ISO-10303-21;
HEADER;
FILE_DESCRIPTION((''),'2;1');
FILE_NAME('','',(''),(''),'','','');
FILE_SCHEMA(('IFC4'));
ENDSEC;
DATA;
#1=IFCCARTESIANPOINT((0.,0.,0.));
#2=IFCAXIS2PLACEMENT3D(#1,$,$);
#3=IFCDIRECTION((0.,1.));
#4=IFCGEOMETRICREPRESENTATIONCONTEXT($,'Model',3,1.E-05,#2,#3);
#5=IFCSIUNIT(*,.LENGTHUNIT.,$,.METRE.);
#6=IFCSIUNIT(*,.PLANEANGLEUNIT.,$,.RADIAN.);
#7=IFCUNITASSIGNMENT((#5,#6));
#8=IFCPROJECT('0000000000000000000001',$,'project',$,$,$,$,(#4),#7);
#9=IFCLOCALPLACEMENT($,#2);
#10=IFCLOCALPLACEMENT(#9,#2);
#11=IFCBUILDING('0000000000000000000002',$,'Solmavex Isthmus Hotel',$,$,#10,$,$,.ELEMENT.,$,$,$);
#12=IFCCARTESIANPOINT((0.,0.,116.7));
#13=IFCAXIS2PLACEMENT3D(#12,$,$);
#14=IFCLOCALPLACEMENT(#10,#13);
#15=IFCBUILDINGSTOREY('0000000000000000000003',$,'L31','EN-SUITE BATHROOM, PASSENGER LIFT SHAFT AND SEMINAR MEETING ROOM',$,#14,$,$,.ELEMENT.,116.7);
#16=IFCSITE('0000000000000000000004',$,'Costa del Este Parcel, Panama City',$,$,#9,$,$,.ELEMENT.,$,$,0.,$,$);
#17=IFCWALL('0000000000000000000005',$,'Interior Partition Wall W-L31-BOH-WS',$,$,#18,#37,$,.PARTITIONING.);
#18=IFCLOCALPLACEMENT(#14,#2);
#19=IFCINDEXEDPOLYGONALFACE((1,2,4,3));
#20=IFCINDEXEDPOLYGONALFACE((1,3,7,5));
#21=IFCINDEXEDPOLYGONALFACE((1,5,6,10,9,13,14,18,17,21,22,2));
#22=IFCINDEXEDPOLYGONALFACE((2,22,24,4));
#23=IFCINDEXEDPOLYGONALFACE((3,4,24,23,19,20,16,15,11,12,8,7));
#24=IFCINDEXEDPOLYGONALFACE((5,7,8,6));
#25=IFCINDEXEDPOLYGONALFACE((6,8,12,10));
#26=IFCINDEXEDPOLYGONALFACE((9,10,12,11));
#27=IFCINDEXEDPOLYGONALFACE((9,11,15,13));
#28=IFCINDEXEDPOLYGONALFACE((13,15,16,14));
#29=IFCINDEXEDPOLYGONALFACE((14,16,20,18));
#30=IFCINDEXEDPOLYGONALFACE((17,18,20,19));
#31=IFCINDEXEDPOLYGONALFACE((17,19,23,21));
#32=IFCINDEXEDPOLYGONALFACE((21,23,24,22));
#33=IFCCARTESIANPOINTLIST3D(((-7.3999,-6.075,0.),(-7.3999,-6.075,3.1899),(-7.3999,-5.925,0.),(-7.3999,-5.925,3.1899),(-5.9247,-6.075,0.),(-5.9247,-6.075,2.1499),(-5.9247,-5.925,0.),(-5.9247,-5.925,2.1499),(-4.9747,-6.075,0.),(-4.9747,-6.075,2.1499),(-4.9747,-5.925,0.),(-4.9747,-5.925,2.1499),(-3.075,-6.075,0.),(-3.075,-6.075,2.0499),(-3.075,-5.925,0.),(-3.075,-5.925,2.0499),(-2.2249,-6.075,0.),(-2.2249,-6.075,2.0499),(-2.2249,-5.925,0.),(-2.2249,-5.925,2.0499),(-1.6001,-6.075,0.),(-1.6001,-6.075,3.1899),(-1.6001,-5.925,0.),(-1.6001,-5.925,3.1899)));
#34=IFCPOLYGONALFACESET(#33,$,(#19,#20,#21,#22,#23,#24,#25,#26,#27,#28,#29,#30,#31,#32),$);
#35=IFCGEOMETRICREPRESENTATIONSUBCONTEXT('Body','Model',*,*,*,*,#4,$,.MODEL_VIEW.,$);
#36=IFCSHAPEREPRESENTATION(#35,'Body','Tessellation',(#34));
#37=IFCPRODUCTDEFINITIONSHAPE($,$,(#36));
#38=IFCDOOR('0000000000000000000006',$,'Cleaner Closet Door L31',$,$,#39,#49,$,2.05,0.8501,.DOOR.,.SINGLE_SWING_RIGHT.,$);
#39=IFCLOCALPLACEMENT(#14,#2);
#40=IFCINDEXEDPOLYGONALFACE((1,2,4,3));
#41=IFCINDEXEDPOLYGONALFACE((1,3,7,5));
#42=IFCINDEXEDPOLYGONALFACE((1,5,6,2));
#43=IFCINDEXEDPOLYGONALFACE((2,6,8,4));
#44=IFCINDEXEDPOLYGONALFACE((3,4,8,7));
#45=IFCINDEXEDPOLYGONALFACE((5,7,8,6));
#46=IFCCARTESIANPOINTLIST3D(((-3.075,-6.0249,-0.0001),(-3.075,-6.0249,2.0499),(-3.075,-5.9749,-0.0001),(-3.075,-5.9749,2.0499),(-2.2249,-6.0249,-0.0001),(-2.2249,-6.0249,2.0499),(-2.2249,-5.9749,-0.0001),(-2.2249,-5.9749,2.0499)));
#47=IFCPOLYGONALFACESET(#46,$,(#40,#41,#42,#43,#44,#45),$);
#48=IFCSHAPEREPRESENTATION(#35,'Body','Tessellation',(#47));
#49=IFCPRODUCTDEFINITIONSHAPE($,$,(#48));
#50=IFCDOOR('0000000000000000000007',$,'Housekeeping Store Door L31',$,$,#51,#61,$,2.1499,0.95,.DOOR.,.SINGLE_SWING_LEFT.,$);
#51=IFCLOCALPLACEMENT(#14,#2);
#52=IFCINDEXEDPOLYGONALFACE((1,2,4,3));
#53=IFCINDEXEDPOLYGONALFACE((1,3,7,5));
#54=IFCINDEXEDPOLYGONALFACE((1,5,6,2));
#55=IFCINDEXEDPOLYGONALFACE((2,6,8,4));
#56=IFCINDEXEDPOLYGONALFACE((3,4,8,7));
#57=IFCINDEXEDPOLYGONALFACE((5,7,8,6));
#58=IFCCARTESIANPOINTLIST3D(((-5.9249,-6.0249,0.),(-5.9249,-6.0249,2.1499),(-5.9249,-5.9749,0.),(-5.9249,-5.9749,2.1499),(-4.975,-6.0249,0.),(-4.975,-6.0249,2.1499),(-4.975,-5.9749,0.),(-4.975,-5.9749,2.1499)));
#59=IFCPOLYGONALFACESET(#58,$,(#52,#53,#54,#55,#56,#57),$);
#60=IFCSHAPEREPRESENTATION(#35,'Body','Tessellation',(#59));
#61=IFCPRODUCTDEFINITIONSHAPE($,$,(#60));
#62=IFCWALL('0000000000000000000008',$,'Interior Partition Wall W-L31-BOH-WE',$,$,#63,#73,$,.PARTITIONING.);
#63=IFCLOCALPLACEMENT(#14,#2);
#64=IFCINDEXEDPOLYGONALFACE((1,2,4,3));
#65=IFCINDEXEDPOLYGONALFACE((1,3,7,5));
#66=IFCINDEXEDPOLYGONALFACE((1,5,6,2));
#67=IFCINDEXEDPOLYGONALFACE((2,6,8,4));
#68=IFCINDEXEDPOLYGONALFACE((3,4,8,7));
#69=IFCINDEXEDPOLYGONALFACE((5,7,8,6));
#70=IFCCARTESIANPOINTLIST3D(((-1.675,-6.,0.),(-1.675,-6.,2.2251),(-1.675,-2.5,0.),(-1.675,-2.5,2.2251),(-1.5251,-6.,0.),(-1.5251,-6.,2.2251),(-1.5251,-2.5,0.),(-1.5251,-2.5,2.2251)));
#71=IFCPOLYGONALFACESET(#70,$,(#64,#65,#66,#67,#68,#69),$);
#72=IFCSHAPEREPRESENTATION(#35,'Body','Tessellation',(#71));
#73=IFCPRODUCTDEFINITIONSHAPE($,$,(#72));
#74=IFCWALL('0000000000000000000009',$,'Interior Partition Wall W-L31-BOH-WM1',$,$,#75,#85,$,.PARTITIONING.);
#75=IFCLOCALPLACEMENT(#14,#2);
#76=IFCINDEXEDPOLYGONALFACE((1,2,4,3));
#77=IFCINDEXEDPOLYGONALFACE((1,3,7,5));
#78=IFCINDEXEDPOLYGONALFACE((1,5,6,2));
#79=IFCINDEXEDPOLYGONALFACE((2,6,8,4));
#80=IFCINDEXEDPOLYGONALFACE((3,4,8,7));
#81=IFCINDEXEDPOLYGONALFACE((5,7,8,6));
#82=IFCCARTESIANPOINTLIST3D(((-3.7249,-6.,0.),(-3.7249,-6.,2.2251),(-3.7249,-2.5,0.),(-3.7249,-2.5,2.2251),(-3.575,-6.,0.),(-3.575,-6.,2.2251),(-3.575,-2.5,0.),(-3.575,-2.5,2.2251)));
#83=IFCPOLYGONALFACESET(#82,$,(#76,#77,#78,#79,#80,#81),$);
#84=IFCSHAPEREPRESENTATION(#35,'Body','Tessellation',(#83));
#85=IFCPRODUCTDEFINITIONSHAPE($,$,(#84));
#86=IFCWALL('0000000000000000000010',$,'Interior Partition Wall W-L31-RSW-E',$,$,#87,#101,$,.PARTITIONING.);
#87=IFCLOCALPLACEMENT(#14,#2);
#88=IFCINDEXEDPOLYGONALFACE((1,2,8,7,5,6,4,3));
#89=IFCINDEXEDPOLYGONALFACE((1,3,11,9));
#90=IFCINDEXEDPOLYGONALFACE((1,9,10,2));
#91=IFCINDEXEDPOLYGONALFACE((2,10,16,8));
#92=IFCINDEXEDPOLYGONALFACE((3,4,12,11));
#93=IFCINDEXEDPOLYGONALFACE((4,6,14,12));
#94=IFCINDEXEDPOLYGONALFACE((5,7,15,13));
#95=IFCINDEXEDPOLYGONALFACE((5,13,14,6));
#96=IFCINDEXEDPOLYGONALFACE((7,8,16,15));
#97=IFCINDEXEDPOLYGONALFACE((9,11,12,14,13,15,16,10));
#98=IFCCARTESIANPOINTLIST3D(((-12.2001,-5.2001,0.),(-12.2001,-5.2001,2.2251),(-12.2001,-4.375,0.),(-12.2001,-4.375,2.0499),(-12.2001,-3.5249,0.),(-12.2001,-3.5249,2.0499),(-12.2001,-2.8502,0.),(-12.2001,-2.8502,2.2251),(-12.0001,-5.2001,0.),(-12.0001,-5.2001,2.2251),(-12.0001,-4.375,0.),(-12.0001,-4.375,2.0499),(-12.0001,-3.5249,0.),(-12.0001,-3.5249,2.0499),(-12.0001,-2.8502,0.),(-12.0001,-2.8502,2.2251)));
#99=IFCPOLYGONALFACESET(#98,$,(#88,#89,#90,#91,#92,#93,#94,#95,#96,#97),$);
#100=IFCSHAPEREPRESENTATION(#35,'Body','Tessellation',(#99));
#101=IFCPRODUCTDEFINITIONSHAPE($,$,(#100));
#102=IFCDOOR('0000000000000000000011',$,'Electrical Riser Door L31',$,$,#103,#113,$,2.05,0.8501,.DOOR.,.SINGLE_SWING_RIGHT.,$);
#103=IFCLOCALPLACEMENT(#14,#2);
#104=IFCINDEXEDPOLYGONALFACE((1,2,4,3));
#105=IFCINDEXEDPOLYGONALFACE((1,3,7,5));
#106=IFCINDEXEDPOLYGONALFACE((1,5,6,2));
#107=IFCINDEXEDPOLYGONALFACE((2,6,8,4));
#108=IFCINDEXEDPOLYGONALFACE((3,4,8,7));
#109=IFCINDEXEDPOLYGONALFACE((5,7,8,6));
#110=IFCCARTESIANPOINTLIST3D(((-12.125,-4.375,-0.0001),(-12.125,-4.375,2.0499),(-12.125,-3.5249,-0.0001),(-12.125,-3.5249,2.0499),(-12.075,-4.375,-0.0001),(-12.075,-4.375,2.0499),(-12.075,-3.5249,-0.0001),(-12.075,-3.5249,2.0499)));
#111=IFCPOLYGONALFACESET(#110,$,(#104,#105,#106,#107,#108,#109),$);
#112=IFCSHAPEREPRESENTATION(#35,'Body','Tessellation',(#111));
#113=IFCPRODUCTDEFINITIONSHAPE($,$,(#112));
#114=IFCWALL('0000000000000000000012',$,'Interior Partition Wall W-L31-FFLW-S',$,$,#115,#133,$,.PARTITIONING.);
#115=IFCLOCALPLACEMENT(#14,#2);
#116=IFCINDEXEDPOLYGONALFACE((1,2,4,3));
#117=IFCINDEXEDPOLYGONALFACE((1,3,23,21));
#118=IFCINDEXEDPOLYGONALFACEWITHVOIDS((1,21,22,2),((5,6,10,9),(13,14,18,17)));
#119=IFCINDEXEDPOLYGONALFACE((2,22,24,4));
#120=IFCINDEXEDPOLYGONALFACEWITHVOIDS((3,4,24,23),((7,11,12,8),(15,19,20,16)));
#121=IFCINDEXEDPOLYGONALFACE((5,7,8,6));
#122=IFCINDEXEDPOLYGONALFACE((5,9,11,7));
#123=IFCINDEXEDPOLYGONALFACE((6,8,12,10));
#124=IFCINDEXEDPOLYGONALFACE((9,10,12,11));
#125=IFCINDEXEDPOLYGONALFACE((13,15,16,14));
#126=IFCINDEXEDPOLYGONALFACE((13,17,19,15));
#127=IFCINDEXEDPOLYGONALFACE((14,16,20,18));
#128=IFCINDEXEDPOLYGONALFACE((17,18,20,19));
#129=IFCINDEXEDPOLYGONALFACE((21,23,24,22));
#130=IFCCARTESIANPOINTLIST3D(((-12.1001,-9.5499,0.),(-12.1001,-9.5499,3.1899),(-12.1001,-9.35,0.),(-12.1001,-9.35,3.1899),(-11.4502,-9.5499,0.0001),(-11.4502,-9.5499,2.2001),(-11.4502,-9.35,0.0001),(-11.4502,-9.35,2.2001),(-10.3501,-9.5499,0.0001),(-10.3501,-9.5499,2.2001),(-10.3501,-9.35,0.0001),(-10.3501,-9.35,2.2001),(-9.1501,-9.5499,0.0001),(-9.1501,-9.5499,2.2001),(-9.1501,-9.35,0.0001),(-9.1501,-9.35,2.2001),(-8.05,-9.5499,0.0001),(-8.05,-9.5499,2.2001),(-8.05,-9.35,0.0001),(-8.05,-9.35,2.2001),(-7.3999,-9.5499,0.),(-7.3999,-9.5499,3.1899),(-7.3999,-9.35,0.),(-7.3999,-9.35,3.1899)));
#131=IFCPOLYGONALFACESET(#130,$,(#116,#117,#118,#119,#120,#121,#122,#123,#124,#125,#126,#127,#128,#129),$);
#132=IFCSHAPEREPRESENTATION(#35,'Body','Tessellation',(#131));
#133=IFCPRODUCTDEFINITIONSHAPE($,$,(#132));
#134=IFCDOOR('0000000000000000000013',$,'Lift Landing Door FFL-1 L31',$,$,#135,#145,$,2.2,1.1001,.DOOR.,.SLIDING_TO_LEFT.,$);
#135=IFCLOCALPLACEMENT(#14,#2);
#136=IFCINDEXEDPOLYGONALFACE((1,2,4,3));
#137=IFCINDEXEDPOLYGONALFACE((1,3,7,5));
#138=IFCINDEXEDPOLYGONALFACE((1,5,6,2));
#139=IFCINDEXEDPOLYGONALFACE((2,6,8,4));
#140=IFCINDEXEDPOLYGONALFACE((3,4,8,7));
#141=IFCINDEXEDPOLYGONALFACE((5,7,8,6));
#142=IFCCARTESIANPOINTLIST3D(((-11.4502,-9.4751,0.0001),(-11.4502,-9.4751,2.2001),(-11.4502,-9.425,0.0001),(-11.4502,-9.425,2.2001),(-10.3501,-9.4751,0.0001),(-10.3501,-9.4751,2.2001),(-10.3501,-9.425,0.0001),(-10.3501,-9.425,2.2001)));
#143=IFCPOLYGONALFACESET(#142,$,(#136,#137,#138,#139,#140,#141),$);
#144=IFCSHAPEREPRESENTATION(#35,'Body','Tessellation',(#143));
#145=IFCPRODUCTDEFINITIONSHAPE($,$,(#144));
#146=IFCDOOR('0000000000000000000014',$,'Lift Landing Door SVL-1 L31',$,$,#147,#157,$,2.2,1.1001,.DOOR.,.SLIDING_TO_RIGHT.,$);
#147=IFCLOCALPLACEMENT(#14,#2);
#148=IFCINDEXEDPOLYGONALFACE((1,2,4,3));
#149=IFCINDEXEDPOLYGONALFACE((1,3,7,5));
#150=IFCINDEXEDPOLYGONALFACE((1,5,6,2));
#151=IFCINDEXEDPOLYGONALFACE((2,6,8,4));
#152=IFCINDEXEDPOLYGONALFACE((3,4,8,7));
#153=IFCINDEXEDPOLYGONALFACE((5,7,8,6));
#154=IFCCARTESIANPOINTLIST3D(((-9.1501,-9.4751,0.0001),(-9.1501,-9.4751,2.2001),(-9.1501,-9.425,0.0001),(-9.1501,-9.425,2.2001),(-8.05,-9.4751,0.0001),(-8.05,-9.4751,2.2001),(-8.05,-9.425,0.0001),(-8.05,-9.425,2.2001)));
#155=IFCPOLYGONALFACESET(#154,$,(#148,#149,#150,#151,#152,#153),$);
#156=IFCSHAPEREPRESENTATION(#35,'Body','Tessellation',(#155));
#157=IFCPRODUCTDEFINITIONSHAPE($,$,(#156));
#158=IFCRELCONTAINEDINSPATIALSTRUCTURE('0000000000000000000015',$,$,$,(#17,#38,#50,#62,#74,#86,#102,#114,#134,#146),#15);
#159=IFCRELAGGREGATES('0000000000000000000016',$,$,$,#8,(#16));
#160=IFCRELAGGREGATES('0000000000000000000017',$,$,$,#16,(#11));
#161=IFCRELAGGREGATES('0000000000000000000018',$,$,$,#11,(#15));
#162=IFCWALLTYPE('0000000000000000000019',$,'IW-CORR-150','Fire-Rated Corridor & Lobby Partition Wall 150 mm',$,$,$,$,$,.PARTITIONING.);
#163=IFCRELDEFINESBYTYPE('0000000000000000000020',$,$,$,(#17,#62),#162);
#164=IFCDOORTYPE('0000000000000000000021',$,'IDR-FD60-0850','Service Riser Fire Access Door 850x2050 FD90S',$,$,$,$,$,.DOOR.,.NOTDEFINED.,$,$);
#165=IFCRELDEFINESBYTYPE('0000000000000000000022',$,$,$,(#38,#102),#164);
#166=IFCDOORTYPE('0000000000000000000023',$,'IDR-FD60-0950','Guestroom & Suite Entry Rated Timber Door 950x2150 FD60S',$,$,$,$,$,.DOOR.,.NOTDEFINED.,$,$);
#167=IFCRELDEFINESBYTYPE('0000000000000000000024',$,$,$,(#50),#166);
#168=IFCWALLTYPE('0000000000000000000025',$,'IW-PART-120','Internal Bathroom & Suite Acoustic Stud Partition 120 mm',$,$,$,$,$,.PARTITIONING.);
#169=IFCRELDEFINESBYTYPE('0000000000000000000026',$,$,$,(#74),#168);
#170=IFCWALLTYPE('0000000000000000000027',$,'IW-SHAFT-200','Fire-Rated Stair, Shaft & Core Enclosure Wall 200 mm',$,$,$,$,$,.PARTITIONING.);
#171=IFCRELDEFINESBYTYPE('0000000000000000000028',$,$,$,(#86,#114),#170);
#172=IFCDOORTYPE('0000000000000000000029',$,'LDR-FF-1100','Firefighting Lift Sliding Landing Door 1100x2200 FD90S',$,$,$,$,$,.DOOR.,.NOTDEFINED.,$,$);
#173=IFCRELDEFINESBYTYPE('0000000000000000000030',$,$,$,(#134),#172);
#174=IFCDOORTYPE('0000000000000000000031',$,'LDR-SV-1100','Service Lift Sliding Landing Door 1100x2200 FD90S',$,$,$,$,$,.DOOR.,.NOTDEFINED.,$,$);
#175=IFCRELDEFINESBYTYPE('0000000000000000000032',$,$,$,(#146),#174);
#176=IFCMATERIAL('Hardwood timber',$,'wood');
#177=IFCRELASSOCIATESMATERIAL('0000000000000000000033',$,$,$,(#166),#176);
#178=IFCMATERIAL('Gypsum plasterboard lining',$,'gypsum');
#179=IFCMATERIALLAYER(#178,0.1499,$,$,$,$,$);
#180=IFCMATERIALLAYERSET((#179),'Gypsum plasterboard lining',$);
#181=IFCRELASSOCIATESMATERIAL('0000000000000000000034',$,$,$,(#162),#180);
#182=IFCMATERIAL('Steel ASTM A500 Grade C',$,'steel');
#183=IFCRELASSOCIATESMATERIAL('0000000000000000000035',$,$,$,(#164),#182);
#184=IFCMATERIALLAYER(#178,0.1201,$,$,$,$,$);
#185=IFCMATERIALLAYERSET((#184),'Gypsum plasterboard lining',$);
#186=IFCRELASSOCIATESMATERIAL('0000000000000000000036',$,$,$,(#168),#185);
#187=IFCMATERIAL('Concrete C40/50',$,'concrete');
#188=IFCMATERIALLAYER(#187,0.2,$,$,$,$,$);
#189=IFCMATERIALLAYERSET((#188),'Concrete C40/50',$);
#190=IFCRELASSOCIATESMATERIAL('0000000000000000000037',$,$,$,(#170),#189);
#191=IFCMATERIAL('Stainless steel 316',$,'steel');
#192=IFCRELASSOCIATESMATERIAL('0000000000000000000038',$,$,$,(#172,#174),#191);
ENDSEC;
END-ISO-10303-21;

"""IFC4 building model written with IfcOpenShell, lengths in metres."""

from ifc_helpers import new_model, si_unit, direction, frame, frame_2d, origin, place, context, subcontext, project, spatial, rectangle, extrude, material, layer, layer_set, type_object, element, fill, save


model = new_model("IFC4")

# Units and contexts
model_context = context("Model", 3, precision=1e-05, world=origin(), true_north=direction((0.0, 1.0)))
body_context = subcontext(model_context, "Body", "Model", "MODEL_VIEW")
ifc_project = project(units=[si_unit("LENGTHUNIT", "METRE"), si_unit("PLANEANGLEUNIT", "RADIAN")], contexts=[model_context])

# Site, building, storey
site_placement = place(None, origin())
site = spatial("IfcSite", under=ifc_project, at=site_placement, Name="Costa del Este Parcel, Panama City", CompositionType="ELEMENT", RefElevation=0.0)
building_placement = place(site_placement, origin())
building = spatial("IfcBuilding", under=site, at=building_placement, Name="Solmavex Isthmus Hotel", CompositionType="ELEMENT")
storey_placement = place(building_placement, frame((0.0, 0.0, 116.7)))
storey = spatial("IfcBuildingStorey", under=building, at=storey_placement, Name="L31", Description="EN-SUITE BATHROOM, PASSENGER LIFT SHAFT AND SEMINAR MEETING ROOM", CompositionType="ELEMENT", Elevation=116.7)

# Shared definitions
ifc_material_1 = material(Name="Gypsum plasterboard lining", Category="gypsum")
ifc_material_2 = material(Name="Hardwood timber", Category="wood")
door_type_1 = type_object("IfcDoorType", Name="IDR-FD60-0950", Description="Guestroom & Suite Entry Rated Timber Door 950x2150 FD60S", OperationType="NOTDEFINED", PredefinedType="DOOR", material=ifc_material_2)

# Wall, openings, doors
ifc_layer_1 = layer(ifc_material_1, 0.1499)
ifc_layer_set_1 = layer_set([ifc_layer_1], Name="Gypsum plasterboard lining")
wall_type_1 = type_object("IfcWallType", Name="IW-CORR-150", Description="Fire-Rated Corridor & Lobby Partition Wall 150 mm", PredefinedType="PARTITIONING", material=ifc_layer_set_1)
wall_1_placement = place(storey_placement, frame((-7.3999, -6.0, 0.0), z_axis=(0.0, 0.0, 1.0), x_axis=(1.0, 0.0, 0.0)))
wall_1 = element("IfcWall", 1, at=wall_1_placement, inside=storey, type_object=wall_type_1, Name="Interior Partition Wall W-L31-BOH-WS", PredefinedType="PARTITIONING", context=body_context, shape_type="SweptSolid", body=[
    extrude(rectangle(XDim=5.7998, YDim=0.1499, at=frame_2d((2.8999, 0.0))), origin(), (0.0, 0.0, 1.0), 3.1899),
])
opening_1_placement = place(wall_1_placement, frame((1.4751, 0.0, 0.0)))
opening_1 = element("IfcOpeningElement", 2, at=opening_1_placement, cuts=wall_1, PredefinedType="OPENING", context=body_context, shape_type="SweptSolid", body=[
    extrude(rectangle(XDim=0.95, YDim=2.1499, at=frame_2d((0.4751, 1.075))), frame((0.0, 0.085, 0.0), z_axis=(0.0, -1.0, 0.0), x_axis=(1.0, 0.0, 0.0)), (0.0, 0.0, 1.0), 0.1699),
])
opening_2_placement = place(wall_1_placement, frame((4.325, 0.0, 0.0)))
opening_2 = element("IfcOpeningElement", 3, at=opening_2_placement, cuts=wall_1, PredefinedType="OPENING", context=body_context, shape_type="SweptSolid", body=[
    extrude(rectangle(XDim=0.8501, YDim=2.05, at=frame_2d((0.425, 1.0249))), frame((0.0, 0.085, 0.0), z_axis=(0.0, -1.0, 0.0), x_axis=(1.0, 0.0, 0.0)), (0.0, 0.0, 1.0), 0.1699),
])
ifc_material_3 = material(Name="Steel ASTM A500 Grade C", Category="steel")
door_type_2 = type_object("IfcDoorType", Name="IDR-FD60-0850", Description="Service Riser Fire Access Door 850x2050 FD90S", OperationType="NOTDEFINED", PredefinedType="DOOR", material=ifc_material_3)
door_1_placement = place(opening_2_placement, frame((0.8501, 0.0, 0.0), z_axis=(0.0, 0.0, 1.0), x_axis=(-1.0, 0.0, 0.0)))
door_1 = element("IfcDoor", 4, at=door_1_placement, inside=storey, type_object=door_type_2, Name="Cleaner Closet Door L31", OperationType="SINGLE_SWING_RIGHT", OverallHeight=2.05, OverallWidth=0.8501, PredefinedType="DOOR", context=body_context, shape_type="SweptSolid", body=[
    extrude(rectangle(XDim=0.8501, YDim=2.05, at=frame_2d((0.425, 1.0249))), frame((0.0, 0.0249, 0.0), z_axis=(0.0, -1.0, 0.0), x_axis=(1.0, 0.0, 0.0)), (0.0, 0.0, 1.0), 0.05),
])
fill(opening_2, door_1)
door_2_placement = place(opening_1_placement, frame((0.95, 0.0, 0.0), z_axis=(0.0, 0.0, 1.0), x_axis=(-1.0, 0.0, 0.0)))
door_2 = element("IfcDoor", 5, at=door_2_placement, inside=storey, type_object=door_type_1, Name="Housekeeping Store Door L31", OperationType="SINGLE_SWING_LEFT", OverallHeight=2.1499, OverallWidth=0.95, PredefinedType="DOOR", context=body_context, shape_type="SweptSolid", body=[
    extrude(rectangle(XDim=0.95, YDim=2.1499, at=frame_2d((0.4751, 1.075))), frame((0.0, 0.0249, 0.0), z_axis=(0.0, -1.0, 0.0), x_axis=(1.0, 0.0, 0.0)), (0.0, 0.0, 1.0), 0.05),
])
fill(opening_1, door_2)

# Wall
wall_2_placement = place(storey_placement, frame((-1.6001, -6.0, 0.0), z_axis=(0.0, 0.0, 1.0), x_axis=(0.0, 1.0, 0.0)))
element("IfcWall", 6, at=wall_2_placement, inside=storey, type_object=wall_type_1, Name="Interior Partition Wall W-L31-BOH-WE", PredefinedType="PARTITIONING", context=body_context, shape_type="SweptSolid", body=[
    extrude(rectangle(XDim=3.5, YDim=0.1499, at=frame_2d((1.75, 0.0))), origin(), (0.0, 0.0, 1.0), 2.2251),
])

# Wall
ifc_layer_2 = layer(ifc_material_1, 0.1201)
ifc_layer_set_2 = layer_set([ifc_layer_2], Name="Gypsum plasterboard lining")
wall_type_2 = type_object("IfcWallType", Name="IW-PART-120", Description="Internal Bathroom & Suite Acoustic Stud Partition 120 mm", PredefinedType="PARTITIONING", material=ifc_layer_set_2)
wall_3_placement = place(storey_placement, frame((-3.6499, -6.0, 0.0), z_axis=(0.0, 0.0, 1.0), x_axis=(0.0, 1.0, 0.0)))
element("IfcWall", 7, at=wall_3_placement, inside=storey, type_object=wall_type_2, Name="Interior Partition Wall W-L31-BOH-WM1", PredefinedType="PARTITIONING", context=body_context, shape_type="SweptSolid", body=[
    extrude(rectangle(XDim=3.5, YDim=0.1499, at=frame_2d((1.75, 0.0))), origin(), (0.0, 0.0, 1.0), 2.2251),
])

# Wall, opening, door
ifc_material_4 = material(Name="Concrete C40/50", Category="concrete")
ifc_layer_3 = layer(ifc_material_4, 0.2)
ifc_layer_set_3 = layer_set([ifc_layer_3], Name="Concrete C40/50")
wall_type_3 = type_object("IfcWallType", Name="IW-SHAFT-200", Description="Fire-Rated Stair, Shaft & Core Enclosure Wall 200 mm", PredefinedType="PARTITIONING", material=ifc_layer_set_3)
wall_4_placement = place(storey_placement, frame((-12.1001, -5.2, 0.0), z_axis=(0.0, 0.0, 1.0), x_axis=(0.0, 1.0, 0.0)))
wall_4 = element("IfcWall", 8, at=wall_4_placement, inside=storey, type_object=wall_type_3, Name="Interior Partition Wall W-L31-RSW-E", PredefinedType="PARTITIONING", context=body_context, shape_type="SweptSolid", body=[
    extrude(rectangle(XDim=2.3499, YDim=0.2, at=frame_2d((1.1748, 0.0))), origin(), (0.0, 0.0, 1.0), 2.2251),
])
opening_3_placement = place(wall_4_placement, frame((0.825, 0.0, 0.0)))
opening_3 = element("IfcOpeningElement", 9, at=opening_3_placement, cuts=wall_4, PredefinedType="OPENING", context=body_context, shape_type="SweptSolid", body=[
    extrude(rectangle(XDim=0.8501, YDim=2.05, at=frame_2d((0.425, 1.0249))), frame((0.0, 0.1099, 0.0), z_axis=(0.0, -1.0, 0.0), x_axis=(1.0, 0.0, 0.0)), (0.0, 0.0, 1.0), 0.22),
])
door_3_placement = place(opening_3_placement, origin())
door_3 = element("IfcDoor", 10, at=door_3_placement, inside=storey, type_object=door_type_2, Name="Electrical Riser Door L31", OperationType="SINGLE_SWING_RIGHT", OverallHeight=2.05, OverallWidth=0.8501, PredefinedType="DOOR", context=body_context, shape_type="SweptSolid", body=[
    extrude(rectangle(XDim=0.8501, YDim=2.05, at=frame_2d((0.425, 1.0249))), frame((0.0, 0.0249, 0.0), z_axis=(0.0, -1.0, 0.0), x_axis=(1.0, 0.0, 0.0)), (0.0, 0.0, 1.0), 0.05),
])
fill(opening_3, door_3)

# Wall, openings, doors
wall_5_placement = place(storey_placement, frame((-12.1001, -9.45, 0.0), z_axis=(0.0, 0.0, 1.0), x_axis=(1.0, 0.0, 0.0)))
wall_5 = element("IfcWall", 11, at=wall_5_placement, inside=storey, type_object=wall_type_3, Name="Interior Partition Wall W-L31-FFLW-S", PredefinedType="PARTITIONING", context=body_context, shape_type="SweptSolid", body=[
    extrude(rectangle(XDim=4.7002, YDim=0.2, at=frame_2d((2.3501, 0.0))), origin(), (0.0, 0.0, 1.0), 3.1899),
])
opening_4_placement = place(wall_5_placement, frame((0.6499, 0.0, 0.0)))
opening_4 = element("IfcOpeningElement", 12, at=opening_4_placement, cuts=wall_5, PredefinedType="OPENING", context=body_context, shape_type="SweptSolid", body=[
    extrude(rectangle(XDim=1.1001, YDim=2.2, at=frame_2d((0.55, 1.1001))), frame((0.0, 0.1099, 0.0), z_axis=(0.0, -1.0, 0.0), x_axis=(1.0, 0.0, 0.0)), (0.0, 0.0, 1.0), 0.22),
])
opening_5_placement = place(wall_5_placement, frame((2.95, 0.0, 0.0)))
opening_5 = element("IfcOpeningElement", 13, at=opening_5_placement, cuts=wall_5, PredefinedType="OPENING", context=body_context, shape_type="SweptSolid", body=[
    extrude(rectangle(XDim=1.1001, YDim=2.2, at=frame_2d((0.55, 1.1001))), frame((0.0, 0.1099, 0.0), z_axis=(0.0, -1.0, 0.0), x_axis=(1.0, 0.0, 0.0)), (0.0, 0.0, 1.0), 0.22),
])
ifc_material_5 = material(Name="Stainless steel 316", Category="steel")
door_type_3 = type_object("IfcDoorType", Name="LDR-FF-1100", Description="Firefighting Lift Sliding Landing Door 1100x2200 FD90S", OperationType="NOTDEFINED", PredefinedType="DOOR", material=ifc_material_5)
door_4_placement = place(opening_4_placement, origin())
door_4 = element("IfcDoor", 14, at=door_4_placement, inside=storey, type_object=door_type_3, Name="Lift Landing Door FFL-1 L31", OperationType="SLIDING_TO_LEFT", OverallHeight=2.2, OverallWidth=1.1001, PredefinedType="DOOR", context=body_context, shape_type="SweptSolid", body=[
    extrude(rectangle(XDim=1.1001, YDim=2.2, at=frame_2d((0.55, 1.1001))), frame((0.0, 0.0249, 0.0), z_axis=(0.0, -1.0, 0.0), x_axis=(1.0, 0.0, 0.0)), (0.0, 0.0, 1.0), 0.05),
])
fill(opening_4, door_4)
door_type_4 = type_object("IfcDoorType", Name="LDR-SV-1100", Description="Service Lift Sliding Landing Door 1100x2200 FD90S", OperationType="NOTDEFINED", PredefinedType="DOOR", material=ifc_material_5)
door_5_placement = place(opening_5_placement, origin())
door_5 = element("IfcDoor", 15, at=door_5_placement, inside=storey, type_object=door_type_4, Name="Lift Landing Door SVL-1 L31", OperationType="SLIDING_TO_RIGHT", OverallHeight=2.2, OverallWidth=1.1001, PredefinedType="DOOR", context=body_context, shape_type="SweptSolid", body=[
    extrude(rectangle(XDim=1.1001, YDim=2.2, at=frame_2d((0.55, 1.1001))), frame((0.0, 0.0249, 0.0), z_axis=(0.0, -1.0, 0.0), x_axis=(1.0, 0.0, 0.0)), (0.0, 0.0, 1.0), 0.05),
])
fill(opening_5, door_5)

save(model, "model.ifc")
